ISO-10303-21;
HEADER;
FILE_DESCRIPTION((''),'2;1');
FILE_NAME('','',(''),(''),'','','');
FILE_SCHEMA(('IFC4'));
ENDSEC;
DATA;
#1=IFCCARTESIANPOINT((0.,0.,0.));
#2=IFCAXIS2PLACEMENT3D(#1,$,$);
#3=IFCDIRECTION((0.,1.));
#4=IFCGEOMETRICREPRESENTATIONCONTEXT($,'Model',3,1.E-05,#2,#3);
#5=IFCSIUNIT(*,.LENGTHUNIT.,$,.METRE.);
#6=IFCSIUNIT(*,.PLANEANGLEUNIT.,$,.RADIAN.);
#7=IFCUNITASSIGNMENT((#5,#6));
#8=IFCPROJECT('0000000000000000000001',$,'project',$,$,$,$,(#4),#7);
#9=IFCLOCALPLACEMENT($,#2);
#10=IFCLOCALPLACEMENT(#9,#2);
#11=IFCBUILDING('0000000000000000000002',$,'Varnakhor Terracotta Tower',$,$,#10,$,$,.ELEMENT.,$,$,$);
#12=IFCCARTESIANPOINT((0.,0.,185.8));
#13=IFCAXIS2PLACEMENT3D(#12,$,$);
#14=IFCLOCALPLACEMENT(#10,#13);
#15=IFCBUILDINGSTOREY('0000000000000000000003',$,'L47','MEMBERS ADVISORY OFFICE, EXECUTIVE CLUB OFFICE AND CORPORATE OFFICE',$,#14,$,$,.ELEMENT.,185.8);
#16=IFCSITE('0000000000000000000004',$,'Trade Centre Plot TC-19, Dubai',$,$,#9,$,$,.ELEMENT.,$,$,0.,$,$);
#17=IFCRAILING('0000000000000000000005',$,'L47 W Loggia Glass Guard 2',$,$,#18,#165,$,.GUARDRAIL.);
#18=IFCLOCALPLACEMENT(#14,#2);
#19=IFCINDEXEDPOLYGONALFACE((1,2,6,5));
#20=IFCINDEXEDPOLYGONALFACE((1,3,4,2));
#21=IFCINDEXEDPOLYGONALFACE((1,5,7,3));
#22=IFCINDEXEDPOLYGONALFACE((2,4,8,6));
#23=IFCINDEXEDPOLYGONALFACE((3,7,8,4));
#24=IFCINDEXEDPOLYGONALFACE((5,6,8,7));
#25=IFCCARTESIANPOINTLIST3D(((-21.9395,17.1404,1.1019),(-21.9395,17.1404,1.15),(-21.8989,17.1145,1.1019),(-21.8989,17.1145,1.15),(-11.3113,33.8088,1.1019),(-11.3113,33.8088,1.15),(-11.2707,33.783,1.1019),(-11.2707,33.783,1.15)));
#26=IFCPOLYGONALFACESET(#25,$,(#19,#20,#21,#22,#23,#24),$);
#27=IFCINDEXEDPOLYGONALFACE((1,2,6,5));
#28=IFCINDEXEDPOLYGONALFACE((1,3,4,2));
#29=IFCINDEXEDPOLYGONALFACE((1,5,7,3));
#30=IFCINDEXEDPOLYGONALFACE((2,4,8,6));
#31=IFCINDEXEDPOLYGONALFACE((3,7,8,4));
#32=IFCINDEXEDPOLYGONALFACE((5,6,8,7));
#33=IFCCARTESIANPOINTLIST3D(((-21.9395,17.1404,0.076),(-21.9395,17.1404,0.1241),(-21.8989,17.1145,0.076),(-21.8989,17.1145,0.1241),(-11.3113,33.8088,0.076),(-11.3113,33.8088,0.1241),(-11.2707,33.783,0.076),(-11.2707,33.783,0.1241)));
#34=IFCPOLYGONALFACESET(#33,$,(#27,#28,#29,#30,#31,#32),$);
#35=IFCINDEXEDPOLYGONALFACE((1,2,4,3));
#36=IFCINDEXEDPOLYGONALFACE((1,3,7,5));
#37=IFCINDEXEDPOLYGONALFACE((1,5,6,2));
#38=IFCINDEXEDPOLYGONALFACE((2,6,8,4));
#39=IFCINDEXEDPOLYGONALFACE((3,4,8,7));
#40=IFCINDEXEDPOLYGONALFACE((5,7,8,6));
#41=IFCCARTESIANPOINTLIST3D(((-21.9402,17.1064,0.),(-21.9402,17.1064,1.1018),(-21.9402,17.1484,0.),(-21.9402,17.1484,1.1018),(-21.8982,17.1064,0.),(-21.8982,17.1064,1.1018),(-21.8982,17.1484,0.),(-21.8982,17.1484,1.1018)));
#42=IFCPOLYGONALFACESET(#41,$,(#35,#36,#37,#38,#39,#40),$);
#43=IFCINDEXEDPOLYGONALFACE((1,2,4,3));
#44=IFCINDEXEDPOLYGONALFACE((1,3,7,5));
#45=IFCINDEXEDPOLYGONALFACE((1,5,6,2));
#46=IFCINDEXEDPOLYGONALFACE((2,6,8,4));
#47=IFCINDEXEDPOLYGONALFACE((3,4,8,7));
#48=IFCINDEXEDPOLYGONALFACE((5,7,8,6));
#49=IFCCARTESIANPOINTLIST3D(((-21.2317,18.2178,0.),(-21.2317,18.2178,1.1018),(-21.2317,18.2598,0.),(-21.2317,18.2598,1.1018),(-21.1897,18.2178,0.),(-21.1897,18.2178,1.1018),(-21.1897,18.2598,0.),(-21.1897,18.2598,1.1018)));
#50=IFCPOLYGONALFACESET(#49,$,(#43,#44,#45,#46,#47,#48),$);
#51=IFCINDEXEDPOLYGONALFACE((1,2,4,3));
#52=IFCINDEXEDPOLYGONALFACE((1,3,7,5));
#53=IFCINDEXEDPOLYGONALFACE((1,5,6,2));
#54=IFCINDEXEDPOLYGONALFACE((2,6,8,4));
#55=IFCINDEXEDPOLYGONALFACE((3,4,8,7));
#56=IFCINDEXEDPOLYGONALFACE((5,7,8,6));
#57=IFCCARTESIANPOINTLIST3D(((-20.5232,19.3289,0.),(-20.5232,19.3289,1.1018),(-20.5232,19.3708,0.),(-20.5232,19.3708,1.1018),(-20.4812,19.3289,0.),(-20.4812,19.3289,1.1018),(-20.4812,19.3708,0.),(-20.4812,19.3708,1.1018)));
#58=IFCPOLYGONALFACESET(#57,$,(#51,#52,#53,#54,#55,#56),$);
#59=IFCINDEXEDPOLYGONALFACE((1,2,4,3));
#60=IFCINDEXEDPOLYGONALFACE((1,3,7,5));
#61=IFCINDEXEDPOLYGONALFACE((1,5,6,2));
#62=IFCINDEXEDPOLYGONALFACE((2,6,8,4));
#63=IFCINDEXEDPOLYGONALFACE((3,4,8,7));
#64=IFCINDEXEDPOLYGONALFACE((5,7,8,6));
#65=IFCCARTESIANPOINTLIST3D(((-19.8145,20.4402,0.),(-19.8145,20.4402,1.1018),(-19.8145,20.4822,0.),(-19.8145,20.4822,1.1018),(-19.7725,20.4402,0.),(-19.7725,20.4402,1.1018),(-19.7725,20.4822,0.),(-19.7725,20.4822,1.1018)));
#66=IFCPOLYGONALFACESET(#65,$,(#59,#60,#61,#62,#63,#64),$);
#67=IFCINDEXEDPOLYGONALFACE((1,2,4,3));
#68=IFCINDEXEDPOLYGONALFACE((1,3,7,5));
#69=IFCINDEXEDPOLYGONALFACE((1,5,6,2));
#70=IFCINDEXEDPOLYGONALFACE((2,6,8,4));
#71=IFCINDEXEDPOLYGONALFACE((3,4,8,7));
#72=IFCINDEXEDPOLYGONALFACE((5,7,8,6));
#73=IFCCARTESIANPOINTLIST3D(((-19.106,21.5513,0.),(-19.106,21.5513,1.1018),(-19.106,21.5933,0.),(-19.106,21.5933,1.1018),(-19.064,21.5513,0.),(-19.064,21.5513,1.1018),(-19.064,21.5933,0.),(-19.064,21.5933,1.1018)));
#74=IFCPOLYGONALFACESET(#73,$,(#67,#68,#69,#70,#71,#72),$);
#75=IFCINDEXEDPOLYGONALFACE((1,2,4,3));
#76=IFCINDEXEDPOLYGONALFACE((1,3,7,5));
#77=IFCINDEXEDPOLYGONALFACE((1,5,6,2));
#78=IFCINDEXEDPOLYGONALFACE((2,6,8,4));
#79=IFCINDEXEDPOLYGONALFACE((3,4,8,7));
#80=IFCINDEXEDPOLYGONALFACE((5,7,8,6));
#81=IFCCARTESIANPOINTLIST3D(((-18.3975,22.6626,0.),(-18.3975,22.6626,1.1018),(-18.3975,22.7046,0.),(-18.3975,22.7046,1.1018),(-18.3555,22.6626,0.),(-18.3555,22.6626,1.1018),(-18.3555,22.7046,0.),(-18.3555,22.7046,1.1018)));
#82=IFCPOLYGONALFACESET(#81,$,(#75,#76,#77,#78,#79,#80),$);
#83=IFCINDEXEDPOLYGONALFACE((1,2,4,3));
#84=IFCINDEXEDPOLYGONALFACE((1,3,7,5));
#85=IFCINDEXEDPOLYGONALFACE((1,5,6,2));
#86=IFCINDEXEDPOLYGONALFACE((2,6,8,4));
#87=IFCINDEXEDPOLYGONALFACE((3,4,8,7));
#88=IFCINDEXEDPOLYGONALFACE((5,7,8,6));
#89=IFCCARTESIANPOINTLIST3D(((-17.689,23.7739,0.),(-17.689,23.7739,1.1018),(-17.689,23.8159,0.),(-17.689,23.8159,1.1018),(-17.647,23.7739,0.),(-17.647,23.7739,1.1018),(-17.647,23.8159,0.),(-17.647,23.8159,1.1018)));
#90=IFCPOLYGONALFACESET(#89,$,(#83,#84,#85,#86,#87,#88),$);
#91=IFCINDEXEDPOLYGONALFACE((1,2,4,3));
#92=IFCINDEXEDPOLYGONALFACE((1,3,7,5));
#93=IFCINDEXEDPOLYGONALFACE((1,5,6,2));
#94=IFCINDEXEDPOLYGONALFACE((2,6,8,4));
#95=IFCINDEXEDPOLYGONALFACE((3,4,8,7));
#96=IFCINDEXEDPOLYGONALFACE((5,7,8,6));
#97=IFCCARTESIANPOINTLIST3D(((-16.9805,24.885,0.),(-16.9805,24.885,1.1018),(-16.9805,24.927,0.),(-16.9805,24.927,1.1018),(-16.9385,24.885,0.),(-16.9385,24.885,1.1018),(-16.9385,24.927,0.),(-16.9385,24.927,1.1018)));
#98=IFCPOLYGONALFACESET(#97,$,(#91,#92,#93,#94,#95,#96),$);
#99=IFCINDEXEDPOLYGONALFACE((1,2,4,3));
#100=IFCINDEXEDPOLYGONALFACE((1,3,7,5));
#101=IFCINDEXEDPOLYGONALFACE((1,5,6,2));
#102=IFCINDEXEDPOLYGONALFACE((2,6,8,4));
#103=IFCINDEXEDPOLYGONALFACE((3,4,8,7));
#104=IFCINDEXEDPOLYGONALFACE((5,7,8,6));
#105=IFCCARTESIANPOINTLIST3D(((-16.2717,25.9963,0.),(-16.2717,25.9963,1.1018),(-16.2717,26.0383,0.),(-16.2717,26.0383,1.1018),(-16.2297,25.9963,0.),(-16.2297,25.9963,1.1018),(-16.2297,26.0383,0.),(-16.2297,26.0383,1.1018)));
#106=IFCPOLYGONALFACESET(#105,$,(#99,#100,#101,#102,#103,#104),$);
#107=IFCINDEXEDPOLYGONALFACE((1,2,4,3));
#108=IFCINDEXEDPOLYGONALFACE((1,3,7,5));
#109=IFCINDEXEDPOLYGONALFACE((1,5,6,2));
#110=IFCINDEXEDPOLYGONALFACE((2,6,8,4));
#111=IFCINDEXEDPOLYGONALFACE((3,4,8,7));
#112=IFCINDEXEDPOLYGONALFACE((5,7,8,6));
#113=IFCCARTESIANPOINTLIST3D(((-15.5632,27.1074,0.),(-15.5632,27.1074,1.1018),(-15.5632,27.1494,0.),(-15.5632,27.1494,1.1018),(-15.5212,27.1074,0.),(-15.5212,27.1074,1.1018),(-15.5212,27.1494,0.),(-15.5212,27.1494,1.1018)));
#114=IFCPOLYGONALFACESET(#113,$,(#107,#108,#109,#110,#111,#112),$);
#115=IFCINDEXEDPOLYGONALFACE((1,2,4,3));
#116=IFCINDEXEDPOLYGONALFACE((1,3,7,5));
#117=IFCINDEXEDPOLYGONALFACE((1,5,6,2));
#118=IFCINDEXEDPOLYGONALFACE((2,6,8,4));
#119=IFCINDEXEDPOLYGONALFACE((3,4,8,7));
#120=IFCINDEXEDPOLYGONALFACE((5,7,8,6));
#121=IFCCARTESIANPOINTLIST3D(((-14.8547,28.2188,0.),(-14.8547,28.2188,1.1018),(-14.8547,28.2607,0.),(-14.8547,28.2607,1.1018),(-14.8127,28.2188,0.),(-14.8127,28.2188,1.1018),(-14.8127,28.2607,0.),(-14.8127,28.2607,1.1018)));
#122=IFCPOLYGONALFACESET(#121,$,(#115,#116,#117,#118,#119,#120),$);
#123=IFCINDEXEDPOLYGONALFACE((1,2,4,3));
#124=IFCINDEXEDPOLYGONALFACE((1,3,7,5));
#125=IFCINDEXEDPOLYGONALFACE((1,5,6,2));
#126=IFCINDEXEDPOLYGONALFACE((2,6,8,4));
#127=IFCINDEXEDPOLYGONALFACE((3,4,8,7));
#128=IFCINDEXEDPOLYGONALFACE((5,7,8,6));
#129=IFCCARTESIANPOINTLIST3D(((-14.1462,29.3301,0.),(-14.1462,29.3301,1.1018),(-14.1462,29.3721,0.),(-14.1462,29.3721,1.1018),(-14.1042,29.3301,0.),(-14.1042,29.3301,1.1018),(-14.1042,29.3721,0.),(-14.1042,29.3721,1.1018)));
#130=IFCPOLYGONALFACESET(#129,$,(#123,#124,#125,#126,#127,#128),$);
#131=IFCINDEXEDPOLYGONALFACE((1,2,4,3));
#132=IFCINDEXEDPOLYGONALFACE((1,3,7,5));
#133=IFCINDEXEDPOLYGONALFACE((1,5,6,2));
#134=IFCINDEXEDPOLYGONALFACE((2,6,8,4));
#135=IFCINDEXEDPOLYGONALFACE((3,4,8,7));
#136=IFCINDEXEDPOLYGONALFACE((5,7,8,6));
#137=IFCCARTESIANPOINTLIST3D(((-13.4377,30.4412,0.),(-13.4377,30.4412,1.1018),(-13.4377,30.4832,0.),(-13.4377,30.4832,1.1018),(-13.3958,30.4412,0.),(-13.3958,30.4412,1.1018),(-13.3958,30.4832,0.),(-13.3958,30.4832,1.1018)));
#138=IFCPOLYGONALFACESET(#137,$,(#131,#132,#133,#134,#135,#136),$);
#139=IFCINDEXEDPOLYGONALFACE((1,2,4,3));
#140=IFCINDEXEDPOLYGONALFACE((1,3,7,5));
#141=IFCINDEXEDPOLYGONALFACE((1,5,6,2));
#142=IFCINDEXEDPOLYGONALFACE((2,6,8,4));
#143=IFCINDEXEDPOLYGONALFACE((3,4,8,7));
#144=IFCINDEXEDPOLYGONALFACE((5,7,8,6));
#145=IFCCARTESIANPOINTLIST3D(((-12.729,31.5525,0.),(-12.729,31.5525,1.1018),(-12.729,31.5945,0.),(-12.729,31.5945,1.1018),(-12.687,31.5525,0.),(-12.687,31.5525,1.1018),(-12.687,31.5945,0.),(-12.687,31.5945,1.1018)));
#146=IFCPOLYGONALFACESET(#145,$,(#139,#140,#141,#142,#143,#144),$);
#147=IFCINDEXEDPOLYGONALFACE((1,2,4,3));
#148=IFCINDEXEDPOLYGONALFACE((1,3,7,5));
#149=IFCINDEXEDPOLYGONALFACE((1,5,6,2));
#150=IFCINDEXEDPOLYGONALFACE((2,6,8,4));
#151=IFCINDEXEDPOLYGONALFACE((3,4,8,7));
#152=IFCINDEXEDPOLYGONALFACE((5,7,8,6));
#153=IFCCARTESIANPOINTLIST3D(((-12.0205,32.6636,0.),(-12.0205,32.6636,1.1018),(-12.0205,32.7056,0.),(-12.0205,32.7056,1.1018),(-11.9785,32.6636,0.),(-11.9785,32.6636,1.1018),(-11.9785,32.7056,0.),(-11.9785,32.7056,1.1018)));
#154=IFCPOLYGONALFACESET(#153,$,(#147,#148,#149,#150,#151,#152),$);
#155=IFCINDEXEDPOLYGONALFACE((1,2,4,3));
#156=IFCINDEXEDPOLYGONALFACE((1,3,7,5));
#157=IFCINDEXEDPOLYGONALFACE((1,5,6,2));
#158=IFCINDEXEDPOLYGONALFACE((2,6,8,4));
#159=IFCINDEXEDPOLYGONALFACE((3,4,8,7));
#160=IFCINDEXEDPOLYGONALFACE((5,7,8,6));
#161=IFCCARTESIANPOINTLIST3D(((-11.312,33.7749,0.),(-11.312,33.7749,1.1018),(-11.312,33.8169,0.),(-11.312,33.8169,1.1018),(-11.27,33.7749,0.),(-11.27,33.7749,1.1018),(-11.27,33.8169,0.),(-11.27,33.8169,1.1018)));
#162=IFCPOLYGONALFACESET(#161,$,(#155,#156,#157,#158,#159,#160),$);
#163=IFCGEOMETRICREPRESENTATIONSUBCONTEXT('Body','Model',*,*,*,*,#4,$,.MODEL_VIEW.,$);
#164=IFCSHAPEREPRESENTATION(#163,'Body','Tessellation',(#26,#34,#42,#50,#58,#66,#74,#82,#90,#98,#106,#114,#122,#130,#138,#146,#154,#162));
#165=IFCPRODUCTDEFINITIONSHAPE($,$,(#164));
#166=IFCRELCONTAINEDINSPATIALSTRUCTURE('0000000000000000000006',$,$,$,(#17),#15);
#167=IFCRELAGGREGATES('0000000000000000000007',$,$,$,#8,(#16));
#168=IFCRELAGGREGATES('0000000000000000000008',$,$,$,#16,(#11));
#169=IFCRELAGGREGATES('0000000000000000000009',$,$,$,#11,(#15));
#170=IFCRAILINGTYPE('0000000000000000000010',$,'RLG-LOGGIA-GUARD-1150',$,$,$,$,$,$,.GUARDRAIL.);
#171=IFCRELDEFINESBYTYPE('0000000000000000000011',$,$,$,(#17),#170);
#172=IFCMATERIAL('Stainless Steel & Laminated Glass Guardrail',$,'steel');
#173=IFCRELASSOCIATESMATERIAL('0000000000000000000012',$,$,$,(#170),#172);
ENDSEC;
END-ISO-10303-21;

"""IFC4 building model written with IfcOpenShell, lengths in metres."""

from ifc_helpers import new_model, si_unit, direction, frame, origin, origin_2d, place, context, subcontext, project, spatial, rectangle, extrude, material, type_object, element, save


model = new_model("IFC4")

# Units and contexts
model_context = context("Model", 3, precision=1e-05, world=origin(), true_north=direction((0.0, 1.0)))
body_context = subcontext(model_context, "Body", "Model", "MODEL_VIEW")
ifc_project = project(units=[si_unit("LENGTHUNIT", "METRE"), si_unit("PLANEANGLEUNIT", "RADIAN")], contexts=[model_context])

# Site, building, storey
site_placement = place(None, origin())
site = spatial("IfcSite", under=ifc_project, at=site_placement, Name="Trade Centre Plot TC-19, Dubai", CompositionType="ELEMENT", RefElevation=0.0)
building_placement = place(site_placement, origin())
building = spatial("IfcBuilding", under=site, at=building_placement, Name="Varnakhor Terracotta Tower", CompositionType="ELEMENT")
storey_placement = place(building_placement, frame((0.0, 0.0, 185.8)))
storey = spatial("IfcBuildingStorey", under=building, at=storey_placement, Name="L47", Description="MEMBERS ADVISORY OFFICE, EXECUTIVE CLUB OFFICE AND CORPORATE OFFICE", CompositionType="ELEMENT", Elevation=185.8)

# Railing
ifc_material_1 = material(Name="Stainless Steel & Laminated Glass Guardrail", Category="steel")
railing_type = type_object("IfcRailingType", Name="RLG-LOGGIA-GUARD-1150", PredefinedType="GUARDRAIL", material=ifc_material_1)
railing_1_placement = place(storey_placement, frame((-21.9192, 17.1274, 0.0)))
element("IfcRailing", 1, at=railing_1_placement, inside=storey, type_object=railing_type, Name="L47 W Loggia Glass Guard 2", PredefinedType="GUARDRAIL", context=body_context, shape_type="SweptSolid", body=[
    extrude(rectangle(XDim=0.0481, YDim=0.0481, at=origin_2d()), frame((0.0, 0.0, 1.126), z_axis=(0.53763, 0.843181, 0.0), x_axis=(-0.843181, 0.53763, 0.0)), (0.0, 0.0, 1.0), 19.7686),
    extrude(rectangle(XDim=0.0481, YDim=0.0481, at=origin_2d()), frame((0.0, 0.0, 0.1001), z_axis=(0.53763, 0.843181, 0.0), x_axis=(-0.843181, 0.53763, 0.0)), (0.0, 0.0, 1.0), 19.7686),
    extrude(rectangle(XDim=0.042, YDim=0.042, at=origin_2d()), origin(), (0.0, 0.0, 1.0), 1.1018),
    extrude(rectangle(XDim=0.042, YDim=0.042, at=origin_2d()), frame((0.7085, 1.1113, 0.0)), (0.0, 0.0, 1.0), 1.1018),
    extrude(rectangle(XDim=0.042, YDim=0.042, at=origin_2d()), frame((1.417, 2.2224, 0.0)), (0.0, 0.0, 1.0), 1.1018),
    extrude(rectangle(XDim=0.042, YDim=0.042, at=origin_2d()), frame((2.1257, 3.3337, 0.0)), (0.0, 0.0, 1.0), 1.1018),
    extrude(rectangle(XDim=0.042, YDim=0.042, at=origin_2d()), frame((2.8342, 4.4448, 0.0)), (0.0, 0.0, 1.0), 1.1018),
    extrude(rectangle(XDim=0.042, YDim=0.042, at=origin_2d()), frame((3.5427, 5.5562, 0.0)), (0.0, 0.0, 1.0), 1.1018),
    extrude(rectangle(XDim=0.042, YDim=0.042, at=origin_2d()), frame((4.2512, 6.6675, 0.0)), (0.0, 0.0, 1.0), 1.1018),
    extrude(rectangle(XDim=0.042, YDim=0.042, at=origin_2d()), frame((4.9597, 7.7786, 0.0)), (0.0, 0.0, 1.0), 1.1018),
    extrude(rectangle(XDim=0.042, YDim=0.042, at=origin_2d()), frame((5.6685, 8.8899, 0.0)), (0.0, 0.0, 1.0), 1.1018),
    extrude(rectangle(XDim=0.042, YDim=0.042, at=origin_2d()), frame((6.377, 10.001, 0.0)), (0.0, 0.0, 1.0), 1.1018),
    extrude(rectangle(XDim=0.042, YDim=0.042, at=origin_2d()), frame((7.0854, 11.1123, 0.0)), (0.0, 0.0, 1.0), 1.1018),
    extrude(rectangle(XDim=0.042, YDim=0.042, at=origin_2d()), frame((7.7939, 12.2236, 0.0)), (0.0, 0.0, 1.0), 1.1018),
    extrude(rectangle(XDim=0.042, YDim=0.042, at=origin_2d()), frame((8.5024, 13.3347, 0.0)), (0.0, 0.0, 1.0), 1.1018),
    extrude(rectangle(XDim=0.042, YDim=0.042, at=origin_2d()), frame((9.2112, 14.446, 0.0)), (0.0, 0.0, 1.0), 1.1018),
    extrude(rectangle(XDim=0.042, YDim=0.042, at=origin_2d()), frame((9.9197, 15.5571, 0.0)), (0.0, 0.0, 1.0), 1.1018),
    extrude(rectangle(XDim=0.042, YDim=0.042, at=origin_2d()), frame((10.6282, 16.6685, 0.0)), (0.0, 0.0, 1.0), 1.1018),
])

save(model, "model.ifc")
